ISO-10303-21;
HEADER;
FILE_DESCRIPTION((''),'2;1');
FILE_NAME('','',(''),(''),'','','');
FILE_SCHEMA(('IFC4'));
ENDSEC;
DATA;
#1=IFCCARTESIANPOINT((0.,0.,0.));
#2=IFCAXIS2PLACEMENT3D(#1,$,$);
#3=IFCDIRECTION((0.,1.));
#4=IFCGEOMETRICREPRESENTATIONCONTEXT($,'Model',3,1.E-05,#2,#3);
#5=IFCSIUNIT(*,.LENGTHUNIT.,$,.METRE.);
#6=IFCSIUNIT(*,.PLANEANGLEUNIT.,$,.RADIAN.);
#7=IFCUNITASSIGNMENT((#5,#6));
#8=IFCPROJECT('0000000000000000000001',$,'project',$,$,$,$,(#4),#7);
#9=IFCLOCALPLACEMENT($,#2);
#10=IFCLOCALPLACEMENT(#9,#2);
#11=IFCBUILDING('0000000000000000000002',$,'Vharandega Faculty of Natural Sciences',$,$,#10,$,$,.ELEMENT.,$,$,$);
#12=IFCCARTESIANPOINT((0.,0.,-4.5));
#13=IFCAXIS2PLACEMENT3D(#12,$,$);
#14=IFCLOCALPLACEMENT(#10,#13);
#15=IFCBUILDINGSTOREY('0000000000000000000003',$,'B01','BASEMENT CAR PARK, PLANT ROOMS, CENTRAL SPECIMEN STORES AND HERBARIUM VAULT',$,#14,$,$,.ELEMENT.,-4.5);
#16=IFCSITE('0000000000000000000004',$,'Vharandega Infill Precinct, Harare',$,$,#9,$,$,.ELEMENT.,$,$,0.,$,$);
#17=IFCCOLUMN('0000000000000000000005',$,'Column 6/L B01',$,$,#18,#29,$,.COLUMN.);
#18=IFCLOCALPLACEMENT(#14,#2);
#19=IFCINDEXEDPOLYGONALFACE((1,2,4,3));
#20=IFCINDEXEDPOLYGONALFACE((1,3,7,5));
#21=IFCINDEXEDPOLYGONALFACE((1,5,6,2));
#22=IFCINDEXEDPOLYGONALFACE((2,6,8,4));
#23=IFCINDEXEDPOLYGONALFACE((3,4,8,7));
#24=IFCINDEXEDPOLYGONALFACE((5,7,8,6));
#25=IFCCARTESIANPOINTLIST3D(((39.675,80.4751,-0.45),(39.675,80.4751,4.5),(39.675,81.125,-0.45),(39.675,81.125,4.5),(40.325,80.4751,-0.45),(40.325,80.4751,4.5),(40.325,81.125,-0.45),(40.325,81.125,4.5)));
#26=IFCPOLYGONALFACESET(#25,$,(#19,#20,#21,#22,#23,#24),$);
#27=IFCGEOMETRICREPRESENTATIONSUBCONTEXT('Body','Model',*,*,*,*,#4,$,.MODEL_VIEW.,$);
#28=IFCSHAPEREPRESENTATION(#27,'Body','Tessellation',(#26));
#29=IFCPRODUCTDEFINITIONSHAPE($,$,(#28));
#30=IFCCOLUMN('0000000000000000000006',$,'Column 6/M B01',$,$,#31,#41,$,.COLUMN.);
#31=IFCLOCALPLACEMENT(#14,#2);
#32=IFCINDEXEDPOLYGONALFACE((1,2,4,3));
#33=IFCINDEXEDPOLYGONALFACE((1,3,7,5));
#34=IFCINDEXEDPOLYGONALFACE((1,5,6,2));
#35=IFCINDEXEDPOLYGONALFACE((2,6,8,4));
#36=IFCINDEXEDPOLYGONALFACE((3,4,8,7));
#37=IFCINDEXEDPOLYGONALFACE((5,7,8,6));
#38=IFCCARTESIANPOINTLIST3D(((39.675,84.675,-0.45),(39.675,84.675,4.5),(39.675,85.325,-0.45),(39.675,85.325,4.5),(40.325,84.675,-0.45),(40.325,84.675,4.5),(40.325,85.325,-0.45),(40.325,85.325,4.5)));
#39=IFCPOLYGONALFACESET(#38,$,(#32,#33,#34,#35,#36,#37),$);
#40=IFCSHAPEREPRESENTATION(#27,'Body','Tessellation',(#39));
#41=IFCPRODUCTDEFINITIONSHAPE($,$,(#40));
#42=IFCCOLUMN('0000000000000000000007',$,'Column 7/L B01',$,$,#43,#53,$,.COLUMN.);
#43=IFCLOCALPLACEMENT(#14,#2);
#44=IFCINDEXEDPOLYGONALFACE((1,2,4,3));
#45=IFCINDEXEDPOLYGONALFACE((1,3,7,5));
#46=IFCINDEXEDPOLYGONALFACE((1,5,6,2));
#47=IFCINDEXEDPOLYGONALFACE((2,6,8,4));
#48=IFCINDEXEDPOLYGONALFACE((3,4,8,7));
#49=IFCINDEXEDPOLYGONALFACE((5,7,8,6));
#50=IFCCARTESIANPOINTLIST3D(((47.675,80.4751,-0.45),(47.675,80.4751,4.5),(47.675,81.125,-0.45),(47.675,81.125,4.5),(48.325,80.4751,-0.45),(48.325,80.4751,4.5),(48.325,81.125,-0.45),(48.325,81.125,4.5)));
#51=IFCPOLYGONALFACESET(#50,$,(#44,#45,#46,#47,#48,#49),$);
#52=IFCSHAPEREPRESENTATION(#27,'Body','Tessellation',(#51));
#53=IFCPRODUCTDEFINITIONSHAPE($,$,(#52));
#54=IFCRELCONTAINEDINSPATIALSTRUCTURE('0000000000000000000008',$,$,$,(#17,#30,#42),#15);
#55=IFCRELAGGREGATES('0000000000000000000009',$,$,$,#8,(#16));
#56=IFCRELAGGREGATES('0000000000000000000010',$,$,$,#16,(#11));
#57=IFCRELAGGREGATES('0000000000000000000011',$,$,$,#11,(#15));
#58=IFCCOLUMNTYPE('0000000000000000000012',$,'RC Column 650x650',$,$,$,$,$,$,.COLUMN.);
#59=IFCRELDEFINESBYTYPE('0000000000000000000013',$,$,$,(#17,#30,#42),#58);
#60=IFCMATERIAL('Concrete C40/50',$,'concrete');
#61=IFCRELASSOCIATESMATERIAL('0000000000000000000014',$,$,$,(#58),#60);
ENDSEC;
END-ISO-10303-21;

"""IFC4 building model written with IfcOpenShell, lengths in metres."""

from ifc_helpers import new_model, si_unit, direction, frame, origin, origin_2d, place, context, subcontext, project, spatial, rectangle, extrude, material, material_profile, profile_set, type_object, element, save


model = new_model("IFC4")

# Units and contexts
model_context = context("Model", 3, precision=1e-05, world=origin(), true_north=direction((0.0, 1.0)))
body_context = subcontext(model_context, "Body", "Model", "MODEL_VIEW")
ifc_project = project(units=[si_unit("LENGTHUNIT", "METRE"), si_unit("PLANEANGLEUNIT", "RADIAN")], contexts=[model_context])

# Site, building, storey
site_placement = place(None, origin())
site = spatial("IfcSite", under=ifc_project, at=site_placement, Name="Vharandega Infill Precinct, Harare", CompositionType="ELEMENT", RefElevation=0.0)
building_placement = place(site_placement, origin())
building = spatial("IfcBuilding", under=site, at=building_placement, Name="Vharandega Faculty of Natural Sciences", CompositionType="ELEMENT")
storey_placement = place(building_placement, frame((0.0, 0.0, -4.5)))
storey = spatial("IfcBuildingStorey", under=building, at=storey_placement, Name="B01", Description="BASEMENT CAR PARK, PLANT ROOMS, CENTRAL SPECIMEN STORES AND HERBARIUM VAULT", CompositionType="ELEMENT", Elevation=-4.5)

# Columns
ifc_material_1 = material(Name="Concrete C40/50", Category="concrete")
ifc_material_profile_1 = material_profile(ifc_material_1, rectangle(XDim=0.6499, YDim=0.6499, at=origin_2d()), Name="RC 650x650")
ifc_profile_set_1 = profile_set([ifc_material_profile_1], Name="Concrete C40/50")
column_type = type_object("IfcColumnType", Name="RC Column 650x650", PredefinedType="COLUMN", material=ifc_profile_set_1)
for number, where, z_axis, x_axis, name in (
    (1, (40.0, 80.8, -0.45), (0.0, 0.0, 1.0), (1.0, 0.0, 0.0), "Column 6/L B01"),
    (2, (40.0, 85.0, -0.45), (0.0, 0.0, 1.0), (1.0, 0.0, 0.0), "Column 6/M B01"),
    (3, (48.0, 80.8, -0.45), (0.0, 0.0, 1.0), (1.0, 0.0, 0.0), "Column 7/L B01"),
):
    element("IfcColumn", number, at=place(storey_placement, frame(where, z_axis=z_axis, x_axis=x_axis)), inside=storey, type_object=column_type, Name=name, PredefinedType="COLUMN", context=body_context, shape_type="SweptSolid", body=[
        extrude(rectangle(XDim=0.6499, YDim=0.6499, at=origin_2d()), origin(), (0.0, 0.0, 1.0), 4.95),
    ])

save(model, "model.ifc")
